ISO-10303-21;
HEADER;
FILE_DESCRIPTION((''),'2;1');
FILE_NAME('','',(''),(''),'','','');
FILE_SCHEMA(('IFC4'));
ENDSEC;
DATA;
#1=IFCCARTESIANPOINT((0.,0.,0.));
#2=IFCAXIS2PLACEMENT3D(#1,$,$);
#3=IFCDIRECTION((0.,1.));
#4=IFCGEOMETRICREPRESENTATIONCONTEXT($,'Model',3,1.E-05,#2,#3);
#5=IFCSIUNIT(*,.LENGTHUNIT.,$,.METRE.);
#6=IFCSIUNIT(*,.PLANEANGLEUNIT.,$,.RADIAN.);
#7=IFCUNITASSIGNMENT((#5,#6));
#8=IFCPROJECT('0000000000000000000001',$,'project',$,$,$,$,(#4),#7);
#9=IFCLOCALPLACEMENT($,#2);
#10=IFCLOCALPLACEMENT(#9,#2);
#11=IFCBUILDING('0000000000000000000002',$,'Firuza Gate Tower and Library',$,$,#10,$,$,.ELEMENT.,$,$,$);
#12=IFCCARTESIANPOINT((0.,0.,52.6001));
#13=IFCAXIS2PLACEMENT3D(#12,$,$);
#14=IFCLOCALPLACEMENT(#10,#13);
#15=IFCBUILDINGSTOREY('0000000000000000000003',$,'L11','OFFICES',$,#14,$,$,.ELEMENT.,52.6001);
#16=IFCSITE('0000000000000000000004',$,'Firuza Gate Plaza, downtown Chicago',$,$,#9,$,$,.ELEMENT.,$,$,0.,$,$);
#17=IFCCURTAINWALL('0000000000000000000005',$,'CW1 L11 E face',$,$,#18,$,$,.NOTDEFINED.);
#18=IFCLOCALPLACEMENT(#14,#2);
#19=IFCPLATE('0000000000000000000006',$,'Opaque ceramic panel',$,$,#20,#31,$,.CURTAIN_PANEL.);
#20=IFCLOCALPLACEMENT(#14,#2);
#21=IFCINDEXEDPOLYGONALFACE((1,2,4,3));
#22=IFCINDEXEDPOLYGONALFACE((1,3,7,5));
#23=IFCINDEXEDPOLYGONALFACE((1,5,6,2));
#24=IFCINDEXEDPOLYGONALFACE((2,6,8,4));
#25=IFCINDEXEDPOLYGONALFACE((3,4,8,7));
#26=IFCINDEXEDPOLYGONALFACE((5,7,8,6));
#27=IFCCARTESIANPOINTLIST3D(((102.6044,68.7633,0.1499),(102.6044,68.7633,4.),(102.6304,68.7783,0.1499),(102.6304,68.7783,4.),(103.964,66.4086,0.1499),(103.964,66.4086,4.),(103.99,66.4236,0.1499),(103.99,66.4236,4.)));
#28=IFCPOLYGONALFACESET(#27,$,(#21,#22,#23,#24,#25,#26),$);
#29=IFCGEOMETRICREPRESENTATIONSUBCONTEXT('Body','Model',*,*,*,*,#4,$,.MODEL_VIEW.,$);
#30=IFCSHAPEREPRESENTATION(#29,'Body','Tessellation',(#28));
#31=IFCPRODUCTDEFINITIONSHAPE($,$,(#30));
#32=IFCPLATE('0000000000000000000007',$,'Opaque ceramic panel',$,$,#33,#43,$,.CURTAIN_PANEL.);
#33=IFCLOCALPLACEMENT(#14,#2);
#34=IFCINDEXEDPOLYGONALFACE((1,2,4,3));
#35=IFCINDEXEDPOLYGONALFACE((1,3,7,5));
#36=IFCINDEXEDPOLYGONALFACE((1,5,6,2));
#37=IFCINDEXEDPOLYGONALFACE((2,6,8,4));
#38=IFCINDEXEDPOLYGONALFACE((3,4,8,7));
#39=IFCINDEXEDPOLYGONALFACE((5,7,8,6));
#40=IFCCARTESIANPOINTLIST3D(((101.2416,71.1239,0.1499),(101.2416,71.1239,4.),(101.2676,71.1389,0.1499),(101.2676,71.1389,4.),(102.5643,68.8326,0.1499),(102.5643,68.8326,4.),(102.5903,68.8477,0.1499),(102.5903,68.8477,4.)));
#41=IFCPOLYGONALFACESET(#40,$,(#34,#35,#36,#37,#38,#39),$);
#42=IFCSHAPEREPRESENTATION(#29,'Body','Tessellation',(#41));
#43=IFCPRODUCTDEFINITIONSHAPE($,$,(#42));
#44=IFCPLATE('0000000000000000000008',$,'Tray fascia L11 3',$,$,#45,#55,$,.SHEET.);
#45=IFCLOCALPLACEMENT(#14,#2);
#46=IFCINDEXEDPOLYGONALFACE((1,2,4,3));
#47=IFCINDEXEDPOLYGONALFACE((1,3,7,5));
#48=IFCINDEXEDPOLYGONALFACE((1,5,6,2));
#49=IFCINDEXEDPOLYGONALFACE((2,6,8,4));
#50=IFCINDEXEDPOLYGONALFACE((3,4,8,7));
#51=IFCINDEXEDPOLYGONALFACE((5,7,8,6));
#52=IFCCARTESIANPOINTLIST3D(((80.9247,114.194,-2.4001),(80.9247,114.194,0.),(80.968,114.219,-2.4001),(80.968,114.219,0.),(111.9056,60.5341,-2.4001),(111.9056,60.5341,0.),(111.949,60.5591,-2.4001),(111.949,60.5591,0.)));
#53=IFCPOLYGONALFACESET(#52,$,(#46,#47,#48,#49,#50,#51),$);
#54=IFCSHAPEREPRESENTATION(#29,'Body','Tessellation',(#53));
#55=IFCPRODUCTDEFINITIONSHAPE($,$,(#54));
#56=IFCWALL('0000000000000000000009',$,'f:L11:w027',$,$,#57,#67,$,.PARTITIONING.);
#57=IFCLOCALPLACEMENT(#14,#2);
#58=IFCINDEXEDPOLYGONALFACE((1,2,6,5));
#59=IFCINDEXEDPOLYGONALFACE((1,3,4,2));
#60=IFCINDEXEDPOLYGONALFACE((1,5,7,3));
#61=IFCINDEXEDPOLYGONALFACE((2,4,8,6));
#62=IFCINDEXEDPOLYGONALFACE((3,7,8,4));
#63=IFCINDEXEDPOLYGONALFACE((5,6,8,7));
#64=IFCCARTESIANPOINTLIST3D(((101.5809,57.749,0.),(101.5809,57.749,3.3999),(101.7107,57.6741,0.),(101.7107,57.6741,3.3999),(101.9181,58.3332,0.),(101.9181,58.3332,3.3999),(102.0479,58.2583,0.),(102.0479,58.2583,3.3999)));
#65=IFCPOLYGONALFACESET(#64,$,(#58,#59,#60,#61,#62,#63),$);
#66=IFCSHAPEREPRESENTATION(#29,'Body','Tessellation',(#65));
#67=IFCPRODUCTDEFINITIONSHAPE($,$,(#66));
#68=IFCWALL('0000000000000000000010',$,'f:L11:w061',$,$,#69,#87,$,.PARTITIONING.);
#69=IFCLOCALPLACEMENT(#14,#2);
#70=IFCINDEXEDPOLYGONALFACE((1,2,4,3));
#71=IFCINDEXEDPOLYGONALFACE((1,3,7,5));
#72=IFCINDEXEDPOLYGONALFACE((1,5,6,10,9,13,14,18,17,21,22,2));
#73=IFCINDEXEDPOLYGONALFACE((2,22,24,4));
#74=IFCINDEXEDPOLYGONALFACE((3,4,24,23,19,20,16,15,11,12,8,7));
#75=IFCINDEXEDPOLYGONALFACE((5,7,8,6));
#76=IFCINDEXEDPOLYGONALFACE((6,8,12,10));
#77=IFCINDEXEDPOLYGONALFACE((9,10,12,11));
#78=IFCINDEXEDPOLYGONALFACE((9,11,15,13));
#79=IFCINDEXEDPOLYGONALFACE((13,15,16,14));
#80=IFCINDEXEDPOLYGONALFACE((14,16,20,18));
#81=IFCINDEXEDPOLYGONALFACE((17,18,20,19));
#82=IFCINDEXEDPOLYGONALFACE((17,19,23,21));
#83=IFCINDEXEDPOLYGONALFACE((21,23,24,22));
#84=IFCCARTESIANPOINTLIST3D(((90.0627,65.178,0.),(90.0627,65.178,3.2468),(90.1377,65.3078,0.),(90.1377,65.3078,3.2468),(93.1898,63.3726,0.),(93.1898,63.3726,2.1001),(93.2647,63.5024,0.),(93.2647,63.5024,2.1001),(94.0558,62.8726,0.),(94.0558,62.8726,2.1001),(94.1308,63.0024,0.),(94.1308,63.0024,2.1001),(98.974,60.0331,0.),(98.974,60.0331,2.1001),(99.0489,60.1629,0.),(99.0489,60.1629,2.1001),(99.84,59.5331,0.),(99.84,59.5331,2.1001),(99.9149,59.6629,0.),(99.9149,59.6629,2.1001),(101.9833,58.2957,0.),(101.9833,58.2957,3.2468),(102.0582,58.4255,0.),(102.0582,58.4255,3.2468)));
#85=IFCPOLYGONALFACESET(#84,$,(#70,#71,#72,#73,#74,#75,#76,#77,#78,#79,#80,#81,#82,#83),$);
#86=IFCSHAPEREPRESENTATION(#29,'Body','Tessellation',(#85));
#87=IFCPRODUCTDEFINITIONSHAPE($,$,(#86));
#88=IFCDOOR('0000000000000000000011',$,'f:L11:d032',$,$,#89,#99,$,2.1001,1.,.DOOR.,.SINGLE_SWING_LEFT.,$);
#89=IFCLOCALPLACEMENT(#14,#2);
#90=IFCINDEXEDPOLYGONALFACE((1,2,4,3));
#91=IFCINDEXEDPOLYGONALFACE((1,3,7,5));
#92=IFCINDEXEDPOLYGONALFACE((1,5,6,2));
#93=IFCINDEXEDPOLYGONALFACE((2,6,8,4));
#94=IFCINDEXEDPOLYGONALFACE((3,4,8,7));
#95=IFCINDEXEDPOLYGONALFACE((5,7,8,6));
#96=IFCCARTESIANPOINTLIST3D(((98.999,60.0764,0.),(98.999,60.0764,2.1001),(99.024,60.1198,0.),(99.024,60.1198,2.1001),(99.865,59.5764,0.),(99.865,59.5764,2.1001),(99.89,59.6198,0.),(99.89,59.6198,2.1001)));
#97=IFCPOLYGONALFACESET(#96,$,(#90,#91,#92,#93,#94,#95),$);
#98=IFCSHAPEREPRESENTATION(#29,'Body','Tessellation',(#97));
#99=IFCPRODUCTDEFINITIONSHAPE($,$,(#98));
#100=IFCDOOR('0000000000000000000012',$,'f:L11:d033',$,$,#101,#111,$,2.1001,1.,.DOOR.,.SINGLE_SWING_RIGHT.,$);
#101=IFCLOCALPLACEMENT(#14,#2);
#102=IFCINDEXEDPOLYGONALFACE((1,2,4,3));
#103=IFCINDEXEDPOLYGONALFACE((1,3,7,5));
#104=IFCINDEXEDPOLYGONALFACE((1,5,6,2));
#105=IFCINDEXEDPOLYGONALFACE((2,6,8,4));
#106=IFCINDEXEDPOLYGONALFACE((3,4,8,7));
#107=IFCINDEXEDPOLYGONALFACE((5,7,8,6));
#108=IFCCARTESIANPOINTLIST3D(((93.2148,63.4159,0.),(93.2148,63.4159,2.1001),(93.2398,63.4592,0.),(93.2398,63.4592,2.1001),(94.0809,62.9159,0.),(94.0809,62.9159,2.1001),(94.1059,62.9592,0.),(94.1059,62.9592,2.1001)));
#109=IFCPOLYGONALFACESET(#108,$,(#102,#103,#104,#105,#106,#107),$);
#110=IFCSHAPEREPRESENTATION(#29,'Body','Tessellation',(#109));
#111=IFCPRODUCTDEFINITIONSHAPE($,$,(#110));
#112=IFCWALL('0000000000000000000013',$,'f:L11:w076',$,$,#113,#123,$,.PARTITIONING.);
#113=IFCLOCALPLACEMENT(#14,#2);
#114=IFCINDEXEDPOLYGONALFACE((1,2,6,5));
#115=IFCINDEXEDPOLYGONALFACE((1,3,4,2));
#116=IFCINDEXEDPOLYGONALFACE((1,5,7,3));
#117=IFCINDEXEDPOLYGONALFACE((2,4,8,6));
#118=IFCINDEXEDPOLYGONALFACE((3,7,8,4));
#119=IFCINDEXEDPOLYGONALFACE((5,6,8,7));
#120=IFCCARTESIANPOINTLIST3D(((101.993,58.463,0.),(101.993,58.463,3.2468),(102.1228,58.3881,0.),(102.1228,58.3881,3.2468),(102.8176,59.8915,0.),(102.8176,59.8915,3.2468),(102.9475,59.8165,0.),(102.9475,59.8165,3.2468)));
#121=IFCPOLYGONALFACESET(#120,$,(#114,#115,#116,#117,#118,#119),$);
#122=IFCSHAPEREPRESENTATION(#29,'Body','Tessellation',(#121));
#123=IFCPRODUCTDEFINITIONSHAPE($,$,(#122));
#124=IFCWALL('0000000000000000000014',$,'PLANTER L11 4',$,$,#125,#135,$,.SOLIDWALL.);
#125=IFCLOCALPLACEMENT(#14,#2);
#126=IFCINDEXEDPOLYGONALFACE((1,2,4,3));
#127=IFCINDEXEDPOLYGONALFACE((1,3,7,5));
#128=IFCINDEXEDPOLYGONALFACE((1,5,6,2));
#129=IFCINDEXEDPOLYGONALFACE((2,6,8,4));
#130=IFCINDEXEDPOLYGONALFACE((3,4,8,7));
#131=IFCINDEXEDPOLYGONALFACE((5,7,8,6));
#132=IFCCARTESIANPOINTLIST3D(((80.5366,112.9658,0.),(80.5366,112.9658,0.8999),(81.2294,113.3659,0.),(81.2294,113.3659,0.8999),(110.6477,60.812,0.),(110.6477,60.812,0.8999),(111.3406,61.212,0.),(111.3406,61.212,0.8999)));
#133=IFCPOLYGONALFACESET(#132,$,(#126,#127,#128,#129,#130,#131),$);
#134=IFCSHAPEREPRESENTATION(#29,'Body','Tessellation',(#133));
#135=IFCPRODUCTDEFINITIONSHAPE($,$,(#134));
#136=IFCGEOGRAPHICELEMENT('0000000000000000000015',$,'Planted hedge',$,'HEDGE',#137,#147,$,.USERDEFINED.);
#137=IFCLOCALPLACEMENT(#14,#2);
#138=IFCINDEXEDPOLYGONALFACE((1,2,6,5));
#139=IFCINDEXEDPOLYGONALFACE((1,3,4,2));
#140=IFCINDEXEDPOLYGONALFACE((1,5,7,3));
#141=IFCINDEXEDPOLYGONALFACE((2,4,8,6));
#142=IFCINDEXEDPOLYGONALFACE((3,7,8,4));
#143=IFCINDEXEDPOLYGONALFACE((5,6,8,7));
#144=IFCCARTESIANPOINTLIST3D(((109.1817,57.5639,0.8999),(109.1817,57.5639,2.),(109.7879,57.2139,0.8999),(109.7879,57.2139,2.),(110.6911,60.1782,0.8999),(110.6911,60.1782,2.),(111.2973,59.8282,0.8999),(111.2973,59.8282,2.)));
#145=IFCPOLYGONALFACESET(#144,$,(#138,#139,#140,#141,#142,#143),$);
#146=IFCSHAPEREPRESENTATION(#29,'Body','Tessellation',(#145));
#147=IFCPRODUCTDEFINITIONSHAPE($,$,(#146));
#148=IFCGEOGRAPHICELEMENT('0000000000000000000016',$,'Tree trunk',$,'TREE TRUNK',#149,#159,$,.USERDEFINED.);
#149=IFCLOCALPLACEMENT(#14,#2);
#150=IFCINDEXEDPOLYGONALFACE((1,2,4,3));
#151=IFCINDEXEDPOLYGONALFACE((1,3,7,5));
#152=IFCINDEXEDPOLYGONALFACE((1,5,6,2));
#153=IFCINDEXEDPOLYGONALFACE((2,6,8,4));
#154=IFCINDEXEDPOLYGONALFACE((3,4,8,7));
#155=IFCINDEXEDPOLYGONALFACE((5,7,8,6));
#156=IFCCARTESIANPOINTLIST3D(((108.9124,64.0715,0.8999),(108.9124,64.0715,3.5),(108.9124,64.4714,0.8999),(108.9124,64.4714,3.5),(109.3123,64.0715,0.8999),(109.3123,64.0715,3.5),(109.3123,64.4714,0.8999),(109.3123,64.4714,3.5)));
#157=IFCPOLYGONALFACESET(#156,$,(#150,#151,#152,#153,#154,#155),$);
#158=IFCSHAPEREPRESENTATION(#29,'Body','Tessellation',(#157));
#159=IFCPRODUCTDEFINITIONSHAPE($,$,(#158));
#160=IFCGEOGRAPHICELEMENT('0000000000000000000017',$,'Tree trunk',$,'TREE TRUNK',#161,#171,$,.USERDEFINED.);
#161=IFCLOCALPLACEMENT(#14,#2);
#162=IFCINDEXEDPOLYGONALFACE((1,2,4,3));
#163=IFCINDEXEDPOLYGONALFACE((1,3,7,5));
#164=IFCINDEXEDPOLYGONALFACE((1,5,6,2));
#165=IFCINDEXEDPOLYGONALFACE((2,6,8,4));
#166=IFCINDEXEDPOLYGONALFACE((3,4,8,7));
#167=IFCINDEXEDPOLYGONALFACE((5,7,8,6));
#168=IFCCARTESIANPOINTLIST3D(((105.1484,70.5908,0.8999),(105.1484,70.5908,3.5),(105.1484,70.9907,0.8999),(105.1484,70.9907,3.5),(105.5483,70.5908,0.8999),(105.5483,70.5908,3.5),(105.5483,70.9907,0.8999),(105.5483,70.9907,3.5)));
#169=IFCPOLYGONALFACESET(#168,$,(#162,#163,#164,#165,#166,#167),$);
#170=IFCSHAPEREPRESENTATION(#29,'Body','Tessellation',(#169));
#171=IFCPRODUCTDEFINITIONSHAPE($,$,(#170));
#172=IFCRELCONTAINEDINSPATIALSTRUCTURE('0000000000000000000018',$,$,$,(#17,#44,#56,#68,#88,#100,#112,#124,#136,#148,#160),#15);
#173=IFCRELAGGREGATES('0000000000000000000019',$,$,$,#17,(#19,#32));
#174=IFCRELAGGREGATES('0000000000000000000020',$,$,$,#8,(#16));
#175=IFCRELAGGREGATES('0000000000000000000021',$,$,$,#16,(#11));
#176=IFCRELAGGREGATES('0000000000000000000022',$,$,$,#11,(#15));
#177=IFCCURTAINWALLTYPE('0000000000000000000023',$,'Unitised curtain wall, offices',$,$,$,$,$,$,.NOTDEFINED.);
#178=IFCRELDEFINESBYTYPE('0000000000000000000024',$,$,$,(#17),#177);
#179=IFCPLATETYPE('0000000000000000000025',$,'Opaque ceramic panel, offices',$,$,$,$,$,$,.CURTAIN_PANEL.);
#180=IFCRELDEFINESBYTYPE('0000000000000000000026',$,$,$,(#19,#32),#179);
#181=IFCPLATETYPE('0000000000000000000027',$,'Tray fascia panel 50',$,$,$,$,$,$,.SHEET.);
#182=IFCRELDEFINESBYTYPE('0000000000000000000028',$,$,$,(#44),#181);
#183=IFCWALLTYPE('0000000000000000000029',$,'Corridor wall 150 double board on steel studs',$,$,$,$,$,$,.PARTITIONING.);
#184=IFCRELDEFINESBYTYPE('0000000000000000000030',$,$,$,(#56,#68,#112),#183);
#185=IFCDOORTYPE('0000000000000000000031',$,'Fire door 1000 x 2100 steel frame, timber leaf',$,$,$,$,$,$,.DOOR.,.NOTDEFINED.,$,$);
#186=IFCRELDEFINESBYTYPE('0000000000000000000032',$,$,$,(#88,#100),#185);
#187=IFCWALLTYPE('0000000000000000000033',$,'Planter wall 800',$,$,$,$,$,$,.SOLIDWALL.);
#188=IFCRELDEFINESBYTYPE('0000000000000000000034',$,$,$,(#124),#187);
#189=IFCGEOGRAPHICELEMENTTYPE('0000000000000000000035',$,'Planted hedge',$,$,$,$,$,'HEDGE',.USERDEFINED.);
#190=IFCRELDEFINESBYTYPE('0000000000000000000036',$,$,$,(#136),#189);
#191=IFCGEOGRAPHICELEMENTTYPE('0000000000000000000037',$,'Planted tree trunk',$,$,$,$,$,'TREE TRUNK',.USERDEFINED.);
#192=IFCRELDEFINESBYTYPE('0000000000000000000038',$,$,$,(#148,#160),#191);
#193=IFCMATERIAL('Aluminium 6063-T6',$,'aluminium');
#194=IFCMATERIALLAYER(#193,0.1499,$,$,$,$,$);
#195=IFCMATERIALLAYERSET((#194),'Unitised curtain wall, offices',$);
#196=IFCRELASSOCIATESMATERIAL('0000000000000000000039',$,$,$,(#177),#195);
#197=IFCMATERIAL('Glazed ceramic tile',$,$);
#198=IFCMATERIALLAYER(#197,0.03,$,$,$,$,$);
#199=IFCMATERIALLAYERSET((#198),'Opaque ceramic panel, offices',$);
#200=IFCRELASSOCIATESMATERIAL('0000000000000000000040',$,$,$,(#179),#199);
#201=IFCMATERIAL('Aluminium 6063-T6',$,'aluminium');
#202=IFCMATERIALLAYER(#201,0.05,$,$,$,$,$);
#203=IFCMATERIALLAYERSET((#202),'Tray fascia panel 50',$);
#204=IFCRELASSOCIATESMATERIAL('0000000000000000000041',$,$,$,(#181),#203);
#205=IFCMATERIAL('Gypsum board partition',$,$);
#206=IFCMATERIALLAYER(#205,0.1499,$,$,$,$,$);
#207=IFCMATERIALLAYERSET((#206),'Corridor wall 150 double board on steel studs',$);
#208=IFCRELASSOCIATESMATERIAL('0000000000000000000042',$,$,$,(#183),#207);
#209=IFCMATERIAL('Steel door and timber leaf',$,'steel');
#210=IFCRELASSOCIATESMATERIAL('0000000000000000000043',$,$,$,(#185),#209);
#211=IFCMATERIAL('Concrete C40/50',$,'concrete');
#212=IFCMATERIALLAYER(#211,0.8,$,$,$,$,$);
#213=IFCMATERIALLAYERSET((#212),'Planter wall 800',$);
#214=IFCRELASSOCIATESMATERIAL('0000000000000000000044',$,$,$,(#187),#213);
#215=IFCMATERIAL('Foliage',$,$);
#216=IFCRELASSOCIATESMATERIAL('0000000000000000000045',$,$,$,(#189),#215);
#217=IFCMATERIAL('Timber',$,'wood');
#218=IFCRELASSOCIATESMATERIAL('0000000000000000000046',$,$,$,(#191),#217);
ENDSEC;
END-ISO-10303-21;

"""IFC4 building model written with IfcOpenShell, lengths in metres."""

from ifc_helpers import new_model, si_unit, direction, frame, frame_2d, origin, origin_2d, place, context, subcontext, project, spatial, polyline, rectangle, outline, extrude, material, layer, layer_set, type_object, element, fill, aggregate, save


model = new_model("IFC4")

# Units and contexts
model_context = context("Model", 3, precision=1e-05, world=origin(), true_north=direction((0.0, 1.0)))
body_context = subcontext(model_context, "Body", "Model", "MODEL_VIEW")
ifc_project = project(units=[si_unit("LENGTHUNIT", "METRE"), si_unit("PLANEANGLEUNIT", "RADIAN")], contexts=[model_context])

# Site, building, storey
site_placement = place(None, origin())
site = spatial("IfcSite", under=ifc_project, at=site_placement, Name="Firuza Gate Plaza, downtown Chicago", CompositionType="ELEMENT", RefElevation=0.0)
building_placement = place(site_placement, origin())
building = spatial("IfcBuilding", under=site, at=building_placement, Name="Firuza Gate Tower and Library", CompositionType="ELEMENT")
storey_placement = place(building_placement, frame((0.0, 0.0, 52.6001)))
storey = spatial("IfcBuildingStorey", under=building, at=storey_placement, Name="L11", Description="OFFICES", CompositionType="ELEMENT", Elevation=52.6001)

# Curtain wall
ifc_material_1 = material(Name="Aluminium 6063-T6", Category="aluminium")
ifc_layer_1 = layer(ifc_material_1, 0.1499)
ifc_layer_set_1 = layer_set([ifc_layer_1], Name="Unitised curtain wall, offices")
curtain_wall_type = type_object("IfcCurtainWallType", Name="Unitised curtain wall, offices", PredefinedType="NOTDEFINED", material=ifc_layer_set_1)
curtain_wall_placement = place(storey_placement, origin())
curtain_wall = element("IfcCurtainWall", 1, at=curtain_wall_placement, inside=storey, type_object=curtain_wall_type, Name="CW1 L11 E face", PredefinedType="NOTDEFINED")

# Plates
ifc_material_2 = material(Name="Glazed ceramic tile")
ifc_layer_2 = layer(ifc_material_2, 0.03)
ifc_layer_set_2 = layer_set([ifc_layer_2], Name="Opaque ceramic panel, offices")
plate_type_1 = type_object("IfcPlateType", Name="Opaque ceramic panel, offices", PredefinedType="CURTAIN_PANEL", material=ifc_layer_set_2)
plate_1_placement = place(storey_placement, frame((103.99, 66.4236, 0.1499), z_axis=(0.866008, 0.500031, 0.0), x_axis=(-0.500031, 0.866008, 0.0)))
plate_1 = element("IfcPlate", 2, at=plate_1_placement, type_object=plate_type_1, Name="Opaque ceramic panel", PredefinedType="CURTAIN_PANEL", context=body_context, shape_type="SweptSolid", body=[
    extrude(outline(polyline([(0.0, 0.0), (2.7191, 0.0), (2.7191, 3.8501), (0.0, 3.8501), (0.0, 0.0)])), origin(), (0.0, 0.0, -1.0), 0.03),
])
plate_2_placement = place(storey_placement, frame((102.5903, 68.8477, 0.1499), z_axis=(0.866043, 0.49997, 0.0), x_axis=(-0.49997, 0.866043, 0.0)))
plate_2 = element("IfcPlate", 3, at=plate_2_placement, type_object=plate_type_1, Name="Opaque ceramic panel", PredefinedType="CURTAIN_PANEL", context=body_context, shape_type="SweptSolid", body=[
    extrude(outline(polyline([(0.0, 0.0), (2.6457, 0.0), (2.6457, 3.8501), (0.0, 3.8501), (0.0, 0.0)])), origin(), (0.0, 0.0, -1.0), 0.03),
])
aggregate(curtain_wall, [plate_1, plate_2])
ifc_material_3 = material(Name="Aluminium 6063-T6", Category="aluminium")
ifc_layer_3 = layer(ifc_material_3, 0.05)
ifc_layer_set_3 = layer_set([ifc_layer_3], Name="Tray fascia panel 50")
plate_type_2 = type_object("IfcPlateType", Name="Tray fascia panel 50", PredefinedType="SHEET", material=ifc_layer_set_3)
plate_3_placement = place(storey_placement, frame((111.949, 60.5591, -2.4001), z_axis=(0.866023, 0.500005, 0.0), x_axis=(-0.500005, 0.866023, 0.0)))
element("IfcPlate", 4, at=plate_3_placement, inside=storey, type_object=plate_type_2, Name="Tray fascia L11 3", PredefinedType="SHEET", context=body_context, shape_type="SweptSolid", body=[
    extrude(outline(polyline([(0.0, 0.0), (61.9613, 0.0), (61.9613, 2.4001), (0.0, 2.4001), (0.0, 0.0)])), origin(), (0.0, 0.0, -1.0), 0.05),
])

# Wall
ifc_material_4 = material(Name="Gypsum board partition")
ifc_layer_4 = layer(ifc_material_4, 0.1499)
ifc_layer_set_4 = layer_set([ifc_layer_4], Name="Corridor wall 150 double board on steel studs")
wall_type_1 = type_object("IfcWallType", Name="Corridor wall 150 double board on steel studs", PredefinedType="PARTITIONING", material=ifc_layer_set_4)
wall_1_placement = place(storey_placement, frame((101.6458, 57.7114, 0.0), z_axis=(0.0, 0.0, 1.0), x_axis=(0.499837, 0.866119, 0.0)))
element("IfcWall", 5, at=wall_1_placement, inside=storey, type_object=wall_type_1, Name="f:L11:w027", PredefinedType="PARTITIONING", context=body_context, shape_type="SweptSolid", body=[
    extrude(rectangle(XDim=0.6746, YDim=0.1499, at=frame_2d((0.3374, 0.0))), origin(), (0.0, 0.0, 1.0), 3.3999),
])

# Wall, openings, doors
wall_2_placement = place(storey_placement, frame((102.0208, 58.3606, 0.0), z_axis=(0.0, 0.0, 1.0), x_axis=(-0.866028, 0.499996, 0.0)))
wall_2 = element("IfcWall", 6, at=wall_2_placement, inside=storey, type_object=wall_type_1, Name="f:L11:w061", PredefinedType="PARTITIONING", context=body_context, shape_type="SweptSolid", body=[
    extrude(rectangle(XDim=13.7646, YDim=0.1499, at=frame_2d((6.8823, 0.0))), origin(), (0.0, 0.0, 1.0), 3.2468),
])
opening_1_placement = place(wall_2_placement, frame((2.4749, 0.0, 0.0)))
opening_1 = element("IfcOpeningElement", 7, at=opening_1_placement, cuts=wall_2, PredefinedType="OPENING", context=body_context, shape_type="SweptSolid", body=[
    extrude(rectangle(XDim=1.0, YDim=2.1001, at=frame_2d((0.5, 1.05))), frame((0.0, 0.085, 0.0), z_axis=(0.0, -1.0, 0.0), x_axis=(1.0, 0.0, 0.0)), (0.0, 0.0, 1.0), 0.1699),
])
opening_2_placement = place(wall_2_placement, frame((9.1538, 0.0, 0.0)))
opening_2 = element("IfcOpeningElement", 8, at=opening_2_placement, cuts=wall_2, PredefinedType="OPENING", context=body_context, shape_type="SweptSolid", body=[
    extrude(rectangle(XDim=1.0, YDim=2.1001, at=frame_2d((0.5, 1.05))), frame((0.0, 0.085, 0.0), z_axis=(0.0, -1.0, 0.0), x_axis=(1.0, 0.0, 0.0)), (0.0, 0.0, 1.0), 0.1699),
])
ifc_material_5 = material(Name="Steel door and timber leaf", Category="steel")
door_type = type_object("IfcDoorType", Name="Fire door 1000 x 2100 steel frame, timber leaf", OperationType="NOTDEFINED", PredefinedType="DOOR", material=ifc_material_5)
door_1_placement = place(opening_1_placement, origin())
door_1 = element("IfcDoor", 9, at=door_1_placement, inside=storey, type_object=door_type, Name="f:L11:d032", OperationType="SINGLE_SWING_LEFT", OverallHeight=2.1001, OverallWidth=1.0, PredefinedType="DOOR", context=body_context, shape_type="SweptSolid", body=[
    extrude(rectangle(XDim=1.0, YDim=2.1001, at=frame_2d((0.5, 1.05))), frame((0.0, 0.0249, 0.0), z_axis=(0.0, -1.0, 0.0), x_axis=(1.0, 0.0, 0.0)), (0.0, 0.0, 1.0), 0.05),
])
fill(opening_1, door_1)
door_2_placement = place(opening_2_placement, origin())
door_2 = element("IfcDoor", 10, at=door_2_placement, inside=storey, type_object=door_type, Name="f:L11:d033", OperationType="SINGLE_SWING_RIGHT", OverallHeight=2.1001, OverallWidth=1.0, PredefinedType="DOOR", context=body_context, shape_type="SweptSolid", body=[
    extrude(rectangle(XDim=1.0, YDim=2.1001, at=frame_2d((0.5, 1.05))), frame((0.0, 0.0249, 0.0), z_axis=(0.0, -1.0, 0.0), x_axis=(1.0, 0.0, 0.0)), (0.0, 0.0, 1.0), 0.05),
])
fill(opening_2, door_2)

# Walls
wall_3_placement = place(storey_placement, frame((102.0579, 58.4255, 0.0), z_axis=(0.0, 0.0, 1.0), x_axis=(0.499992, 0.86603, 0.0)))
element("IfcWall", 11, at=wall_3_placement, inside=storey, type_object=wall_type_1, Name="f:L11:w076", PredefinedType="PARTITIONING", context=body_context, shape_type="SweptSolid", body=[
    extrude(rectangle(XDim=1.6494, YDim=0.1499, at=frame_2d((0.8247, 0.0))), origin(), (0.0, 0.0, 1.0), 3.2468),
])
ifc_material_6 = material(Name="Concrete C40/50", Category="concrete")
ifc_layer_5 = layer(ifc_material_6, 0.8)
ifc_layer_set_5 = layer_set([ifc_layer_5], Name="Planter wall 800")
wall_type_2 = type_object("IfcWallType", Name="Planter wall 800", PredefinedType="SOLIDWALL", material=ifc_layer_set_5)
wall_4_placement = place(storey_placement, frame((110.9941, 61.012, 0.0), z_axis=(0.0, 0.0, 1.0), x_axis=(-0.500001, 0.866025, 0.0)))
element("IfcWall", 12, at=wall_4_placement, inside=storey, type_object=wall_type_2, Name="PLANTER L11 4", PredefinedType="SOLIDWALL", context=body_context, shape_type="SweptSolid", body=[
    extrude(rectangle(XDim=60.2222, YDim=0.8, at=frame_2d((30.1111, 0.0))), origin(), (0.0, 0.0, 1.0), 0.8999),
])

# Geographic elements
ifc_material_7 = material(Name="Foliage")
geographic_element_type_1 = type_object("IfcGeographicElementType", Name="Planted hedge", ElementType="HEDGE", PredefinedType="USERDEFINED", material=ifc_material_7)
geographic_element_placement = place(storey_placement, frame((110.2395, 58.696, 0.8999), z_axis=(0.0, 0.0, 1.0), x_axis=(0.5, 0.866025, 0.0)))
element("IfcGeographicElement", 13, at=geographic_element_placement, inside=storey, type_object=geographic_element_type_1, Name="Planted hedge", ObjectType="HEDGE", PredefinedType="USERDEFINED", context=body_context, shape_type="SweptSolid", body=[
    extrude(rectangle(XDim=3.0188, YDim=0.7, at=origin_2d()), origin(), (0.0, 0.0, 1.0), 1.1001),
])
ifc_material_8 = material(Name="Timber", Category="wood")
geographic_element_type_2 = type_object("IfcGeographicElementType", Name="Planted tree trunk", ElementType="TREE TRUNK", PredefinedType="USERDEFINED", material=ifc_material_8)
for number, where, z_axis, x_axis, name in (
    (14, (109.1123, 64.2715, 0.8999), (0.0, 0.0, 1.0), (1.0, 0.0, 0.0), "Tree trunk"),
    (15, (105.3484, 70.7908, 0.8999), (0.0, 0.0, 1.0), (1.0, 0.0, 0.0), "Tree trunk"),
):
    element("IfcGeographicElement", number, at=place(storey_placement, frame(where, z_axis=z_axis, x_axis=x_axis)), inside=storey, type_object=geographic_element_type_2, Name=name, ObjectType="TREE TRUNK", PredefinedType="USERDEFINED", context=body_context, shape_type="SweptSolid", body=[
        extrude(rectangle(XDim=0.3999, YDim=0.3999, at=origin_2d()), origin(), (0.0, 0.0, 1.0), 2.6001),
    ])

save(model, "model.ifc")
